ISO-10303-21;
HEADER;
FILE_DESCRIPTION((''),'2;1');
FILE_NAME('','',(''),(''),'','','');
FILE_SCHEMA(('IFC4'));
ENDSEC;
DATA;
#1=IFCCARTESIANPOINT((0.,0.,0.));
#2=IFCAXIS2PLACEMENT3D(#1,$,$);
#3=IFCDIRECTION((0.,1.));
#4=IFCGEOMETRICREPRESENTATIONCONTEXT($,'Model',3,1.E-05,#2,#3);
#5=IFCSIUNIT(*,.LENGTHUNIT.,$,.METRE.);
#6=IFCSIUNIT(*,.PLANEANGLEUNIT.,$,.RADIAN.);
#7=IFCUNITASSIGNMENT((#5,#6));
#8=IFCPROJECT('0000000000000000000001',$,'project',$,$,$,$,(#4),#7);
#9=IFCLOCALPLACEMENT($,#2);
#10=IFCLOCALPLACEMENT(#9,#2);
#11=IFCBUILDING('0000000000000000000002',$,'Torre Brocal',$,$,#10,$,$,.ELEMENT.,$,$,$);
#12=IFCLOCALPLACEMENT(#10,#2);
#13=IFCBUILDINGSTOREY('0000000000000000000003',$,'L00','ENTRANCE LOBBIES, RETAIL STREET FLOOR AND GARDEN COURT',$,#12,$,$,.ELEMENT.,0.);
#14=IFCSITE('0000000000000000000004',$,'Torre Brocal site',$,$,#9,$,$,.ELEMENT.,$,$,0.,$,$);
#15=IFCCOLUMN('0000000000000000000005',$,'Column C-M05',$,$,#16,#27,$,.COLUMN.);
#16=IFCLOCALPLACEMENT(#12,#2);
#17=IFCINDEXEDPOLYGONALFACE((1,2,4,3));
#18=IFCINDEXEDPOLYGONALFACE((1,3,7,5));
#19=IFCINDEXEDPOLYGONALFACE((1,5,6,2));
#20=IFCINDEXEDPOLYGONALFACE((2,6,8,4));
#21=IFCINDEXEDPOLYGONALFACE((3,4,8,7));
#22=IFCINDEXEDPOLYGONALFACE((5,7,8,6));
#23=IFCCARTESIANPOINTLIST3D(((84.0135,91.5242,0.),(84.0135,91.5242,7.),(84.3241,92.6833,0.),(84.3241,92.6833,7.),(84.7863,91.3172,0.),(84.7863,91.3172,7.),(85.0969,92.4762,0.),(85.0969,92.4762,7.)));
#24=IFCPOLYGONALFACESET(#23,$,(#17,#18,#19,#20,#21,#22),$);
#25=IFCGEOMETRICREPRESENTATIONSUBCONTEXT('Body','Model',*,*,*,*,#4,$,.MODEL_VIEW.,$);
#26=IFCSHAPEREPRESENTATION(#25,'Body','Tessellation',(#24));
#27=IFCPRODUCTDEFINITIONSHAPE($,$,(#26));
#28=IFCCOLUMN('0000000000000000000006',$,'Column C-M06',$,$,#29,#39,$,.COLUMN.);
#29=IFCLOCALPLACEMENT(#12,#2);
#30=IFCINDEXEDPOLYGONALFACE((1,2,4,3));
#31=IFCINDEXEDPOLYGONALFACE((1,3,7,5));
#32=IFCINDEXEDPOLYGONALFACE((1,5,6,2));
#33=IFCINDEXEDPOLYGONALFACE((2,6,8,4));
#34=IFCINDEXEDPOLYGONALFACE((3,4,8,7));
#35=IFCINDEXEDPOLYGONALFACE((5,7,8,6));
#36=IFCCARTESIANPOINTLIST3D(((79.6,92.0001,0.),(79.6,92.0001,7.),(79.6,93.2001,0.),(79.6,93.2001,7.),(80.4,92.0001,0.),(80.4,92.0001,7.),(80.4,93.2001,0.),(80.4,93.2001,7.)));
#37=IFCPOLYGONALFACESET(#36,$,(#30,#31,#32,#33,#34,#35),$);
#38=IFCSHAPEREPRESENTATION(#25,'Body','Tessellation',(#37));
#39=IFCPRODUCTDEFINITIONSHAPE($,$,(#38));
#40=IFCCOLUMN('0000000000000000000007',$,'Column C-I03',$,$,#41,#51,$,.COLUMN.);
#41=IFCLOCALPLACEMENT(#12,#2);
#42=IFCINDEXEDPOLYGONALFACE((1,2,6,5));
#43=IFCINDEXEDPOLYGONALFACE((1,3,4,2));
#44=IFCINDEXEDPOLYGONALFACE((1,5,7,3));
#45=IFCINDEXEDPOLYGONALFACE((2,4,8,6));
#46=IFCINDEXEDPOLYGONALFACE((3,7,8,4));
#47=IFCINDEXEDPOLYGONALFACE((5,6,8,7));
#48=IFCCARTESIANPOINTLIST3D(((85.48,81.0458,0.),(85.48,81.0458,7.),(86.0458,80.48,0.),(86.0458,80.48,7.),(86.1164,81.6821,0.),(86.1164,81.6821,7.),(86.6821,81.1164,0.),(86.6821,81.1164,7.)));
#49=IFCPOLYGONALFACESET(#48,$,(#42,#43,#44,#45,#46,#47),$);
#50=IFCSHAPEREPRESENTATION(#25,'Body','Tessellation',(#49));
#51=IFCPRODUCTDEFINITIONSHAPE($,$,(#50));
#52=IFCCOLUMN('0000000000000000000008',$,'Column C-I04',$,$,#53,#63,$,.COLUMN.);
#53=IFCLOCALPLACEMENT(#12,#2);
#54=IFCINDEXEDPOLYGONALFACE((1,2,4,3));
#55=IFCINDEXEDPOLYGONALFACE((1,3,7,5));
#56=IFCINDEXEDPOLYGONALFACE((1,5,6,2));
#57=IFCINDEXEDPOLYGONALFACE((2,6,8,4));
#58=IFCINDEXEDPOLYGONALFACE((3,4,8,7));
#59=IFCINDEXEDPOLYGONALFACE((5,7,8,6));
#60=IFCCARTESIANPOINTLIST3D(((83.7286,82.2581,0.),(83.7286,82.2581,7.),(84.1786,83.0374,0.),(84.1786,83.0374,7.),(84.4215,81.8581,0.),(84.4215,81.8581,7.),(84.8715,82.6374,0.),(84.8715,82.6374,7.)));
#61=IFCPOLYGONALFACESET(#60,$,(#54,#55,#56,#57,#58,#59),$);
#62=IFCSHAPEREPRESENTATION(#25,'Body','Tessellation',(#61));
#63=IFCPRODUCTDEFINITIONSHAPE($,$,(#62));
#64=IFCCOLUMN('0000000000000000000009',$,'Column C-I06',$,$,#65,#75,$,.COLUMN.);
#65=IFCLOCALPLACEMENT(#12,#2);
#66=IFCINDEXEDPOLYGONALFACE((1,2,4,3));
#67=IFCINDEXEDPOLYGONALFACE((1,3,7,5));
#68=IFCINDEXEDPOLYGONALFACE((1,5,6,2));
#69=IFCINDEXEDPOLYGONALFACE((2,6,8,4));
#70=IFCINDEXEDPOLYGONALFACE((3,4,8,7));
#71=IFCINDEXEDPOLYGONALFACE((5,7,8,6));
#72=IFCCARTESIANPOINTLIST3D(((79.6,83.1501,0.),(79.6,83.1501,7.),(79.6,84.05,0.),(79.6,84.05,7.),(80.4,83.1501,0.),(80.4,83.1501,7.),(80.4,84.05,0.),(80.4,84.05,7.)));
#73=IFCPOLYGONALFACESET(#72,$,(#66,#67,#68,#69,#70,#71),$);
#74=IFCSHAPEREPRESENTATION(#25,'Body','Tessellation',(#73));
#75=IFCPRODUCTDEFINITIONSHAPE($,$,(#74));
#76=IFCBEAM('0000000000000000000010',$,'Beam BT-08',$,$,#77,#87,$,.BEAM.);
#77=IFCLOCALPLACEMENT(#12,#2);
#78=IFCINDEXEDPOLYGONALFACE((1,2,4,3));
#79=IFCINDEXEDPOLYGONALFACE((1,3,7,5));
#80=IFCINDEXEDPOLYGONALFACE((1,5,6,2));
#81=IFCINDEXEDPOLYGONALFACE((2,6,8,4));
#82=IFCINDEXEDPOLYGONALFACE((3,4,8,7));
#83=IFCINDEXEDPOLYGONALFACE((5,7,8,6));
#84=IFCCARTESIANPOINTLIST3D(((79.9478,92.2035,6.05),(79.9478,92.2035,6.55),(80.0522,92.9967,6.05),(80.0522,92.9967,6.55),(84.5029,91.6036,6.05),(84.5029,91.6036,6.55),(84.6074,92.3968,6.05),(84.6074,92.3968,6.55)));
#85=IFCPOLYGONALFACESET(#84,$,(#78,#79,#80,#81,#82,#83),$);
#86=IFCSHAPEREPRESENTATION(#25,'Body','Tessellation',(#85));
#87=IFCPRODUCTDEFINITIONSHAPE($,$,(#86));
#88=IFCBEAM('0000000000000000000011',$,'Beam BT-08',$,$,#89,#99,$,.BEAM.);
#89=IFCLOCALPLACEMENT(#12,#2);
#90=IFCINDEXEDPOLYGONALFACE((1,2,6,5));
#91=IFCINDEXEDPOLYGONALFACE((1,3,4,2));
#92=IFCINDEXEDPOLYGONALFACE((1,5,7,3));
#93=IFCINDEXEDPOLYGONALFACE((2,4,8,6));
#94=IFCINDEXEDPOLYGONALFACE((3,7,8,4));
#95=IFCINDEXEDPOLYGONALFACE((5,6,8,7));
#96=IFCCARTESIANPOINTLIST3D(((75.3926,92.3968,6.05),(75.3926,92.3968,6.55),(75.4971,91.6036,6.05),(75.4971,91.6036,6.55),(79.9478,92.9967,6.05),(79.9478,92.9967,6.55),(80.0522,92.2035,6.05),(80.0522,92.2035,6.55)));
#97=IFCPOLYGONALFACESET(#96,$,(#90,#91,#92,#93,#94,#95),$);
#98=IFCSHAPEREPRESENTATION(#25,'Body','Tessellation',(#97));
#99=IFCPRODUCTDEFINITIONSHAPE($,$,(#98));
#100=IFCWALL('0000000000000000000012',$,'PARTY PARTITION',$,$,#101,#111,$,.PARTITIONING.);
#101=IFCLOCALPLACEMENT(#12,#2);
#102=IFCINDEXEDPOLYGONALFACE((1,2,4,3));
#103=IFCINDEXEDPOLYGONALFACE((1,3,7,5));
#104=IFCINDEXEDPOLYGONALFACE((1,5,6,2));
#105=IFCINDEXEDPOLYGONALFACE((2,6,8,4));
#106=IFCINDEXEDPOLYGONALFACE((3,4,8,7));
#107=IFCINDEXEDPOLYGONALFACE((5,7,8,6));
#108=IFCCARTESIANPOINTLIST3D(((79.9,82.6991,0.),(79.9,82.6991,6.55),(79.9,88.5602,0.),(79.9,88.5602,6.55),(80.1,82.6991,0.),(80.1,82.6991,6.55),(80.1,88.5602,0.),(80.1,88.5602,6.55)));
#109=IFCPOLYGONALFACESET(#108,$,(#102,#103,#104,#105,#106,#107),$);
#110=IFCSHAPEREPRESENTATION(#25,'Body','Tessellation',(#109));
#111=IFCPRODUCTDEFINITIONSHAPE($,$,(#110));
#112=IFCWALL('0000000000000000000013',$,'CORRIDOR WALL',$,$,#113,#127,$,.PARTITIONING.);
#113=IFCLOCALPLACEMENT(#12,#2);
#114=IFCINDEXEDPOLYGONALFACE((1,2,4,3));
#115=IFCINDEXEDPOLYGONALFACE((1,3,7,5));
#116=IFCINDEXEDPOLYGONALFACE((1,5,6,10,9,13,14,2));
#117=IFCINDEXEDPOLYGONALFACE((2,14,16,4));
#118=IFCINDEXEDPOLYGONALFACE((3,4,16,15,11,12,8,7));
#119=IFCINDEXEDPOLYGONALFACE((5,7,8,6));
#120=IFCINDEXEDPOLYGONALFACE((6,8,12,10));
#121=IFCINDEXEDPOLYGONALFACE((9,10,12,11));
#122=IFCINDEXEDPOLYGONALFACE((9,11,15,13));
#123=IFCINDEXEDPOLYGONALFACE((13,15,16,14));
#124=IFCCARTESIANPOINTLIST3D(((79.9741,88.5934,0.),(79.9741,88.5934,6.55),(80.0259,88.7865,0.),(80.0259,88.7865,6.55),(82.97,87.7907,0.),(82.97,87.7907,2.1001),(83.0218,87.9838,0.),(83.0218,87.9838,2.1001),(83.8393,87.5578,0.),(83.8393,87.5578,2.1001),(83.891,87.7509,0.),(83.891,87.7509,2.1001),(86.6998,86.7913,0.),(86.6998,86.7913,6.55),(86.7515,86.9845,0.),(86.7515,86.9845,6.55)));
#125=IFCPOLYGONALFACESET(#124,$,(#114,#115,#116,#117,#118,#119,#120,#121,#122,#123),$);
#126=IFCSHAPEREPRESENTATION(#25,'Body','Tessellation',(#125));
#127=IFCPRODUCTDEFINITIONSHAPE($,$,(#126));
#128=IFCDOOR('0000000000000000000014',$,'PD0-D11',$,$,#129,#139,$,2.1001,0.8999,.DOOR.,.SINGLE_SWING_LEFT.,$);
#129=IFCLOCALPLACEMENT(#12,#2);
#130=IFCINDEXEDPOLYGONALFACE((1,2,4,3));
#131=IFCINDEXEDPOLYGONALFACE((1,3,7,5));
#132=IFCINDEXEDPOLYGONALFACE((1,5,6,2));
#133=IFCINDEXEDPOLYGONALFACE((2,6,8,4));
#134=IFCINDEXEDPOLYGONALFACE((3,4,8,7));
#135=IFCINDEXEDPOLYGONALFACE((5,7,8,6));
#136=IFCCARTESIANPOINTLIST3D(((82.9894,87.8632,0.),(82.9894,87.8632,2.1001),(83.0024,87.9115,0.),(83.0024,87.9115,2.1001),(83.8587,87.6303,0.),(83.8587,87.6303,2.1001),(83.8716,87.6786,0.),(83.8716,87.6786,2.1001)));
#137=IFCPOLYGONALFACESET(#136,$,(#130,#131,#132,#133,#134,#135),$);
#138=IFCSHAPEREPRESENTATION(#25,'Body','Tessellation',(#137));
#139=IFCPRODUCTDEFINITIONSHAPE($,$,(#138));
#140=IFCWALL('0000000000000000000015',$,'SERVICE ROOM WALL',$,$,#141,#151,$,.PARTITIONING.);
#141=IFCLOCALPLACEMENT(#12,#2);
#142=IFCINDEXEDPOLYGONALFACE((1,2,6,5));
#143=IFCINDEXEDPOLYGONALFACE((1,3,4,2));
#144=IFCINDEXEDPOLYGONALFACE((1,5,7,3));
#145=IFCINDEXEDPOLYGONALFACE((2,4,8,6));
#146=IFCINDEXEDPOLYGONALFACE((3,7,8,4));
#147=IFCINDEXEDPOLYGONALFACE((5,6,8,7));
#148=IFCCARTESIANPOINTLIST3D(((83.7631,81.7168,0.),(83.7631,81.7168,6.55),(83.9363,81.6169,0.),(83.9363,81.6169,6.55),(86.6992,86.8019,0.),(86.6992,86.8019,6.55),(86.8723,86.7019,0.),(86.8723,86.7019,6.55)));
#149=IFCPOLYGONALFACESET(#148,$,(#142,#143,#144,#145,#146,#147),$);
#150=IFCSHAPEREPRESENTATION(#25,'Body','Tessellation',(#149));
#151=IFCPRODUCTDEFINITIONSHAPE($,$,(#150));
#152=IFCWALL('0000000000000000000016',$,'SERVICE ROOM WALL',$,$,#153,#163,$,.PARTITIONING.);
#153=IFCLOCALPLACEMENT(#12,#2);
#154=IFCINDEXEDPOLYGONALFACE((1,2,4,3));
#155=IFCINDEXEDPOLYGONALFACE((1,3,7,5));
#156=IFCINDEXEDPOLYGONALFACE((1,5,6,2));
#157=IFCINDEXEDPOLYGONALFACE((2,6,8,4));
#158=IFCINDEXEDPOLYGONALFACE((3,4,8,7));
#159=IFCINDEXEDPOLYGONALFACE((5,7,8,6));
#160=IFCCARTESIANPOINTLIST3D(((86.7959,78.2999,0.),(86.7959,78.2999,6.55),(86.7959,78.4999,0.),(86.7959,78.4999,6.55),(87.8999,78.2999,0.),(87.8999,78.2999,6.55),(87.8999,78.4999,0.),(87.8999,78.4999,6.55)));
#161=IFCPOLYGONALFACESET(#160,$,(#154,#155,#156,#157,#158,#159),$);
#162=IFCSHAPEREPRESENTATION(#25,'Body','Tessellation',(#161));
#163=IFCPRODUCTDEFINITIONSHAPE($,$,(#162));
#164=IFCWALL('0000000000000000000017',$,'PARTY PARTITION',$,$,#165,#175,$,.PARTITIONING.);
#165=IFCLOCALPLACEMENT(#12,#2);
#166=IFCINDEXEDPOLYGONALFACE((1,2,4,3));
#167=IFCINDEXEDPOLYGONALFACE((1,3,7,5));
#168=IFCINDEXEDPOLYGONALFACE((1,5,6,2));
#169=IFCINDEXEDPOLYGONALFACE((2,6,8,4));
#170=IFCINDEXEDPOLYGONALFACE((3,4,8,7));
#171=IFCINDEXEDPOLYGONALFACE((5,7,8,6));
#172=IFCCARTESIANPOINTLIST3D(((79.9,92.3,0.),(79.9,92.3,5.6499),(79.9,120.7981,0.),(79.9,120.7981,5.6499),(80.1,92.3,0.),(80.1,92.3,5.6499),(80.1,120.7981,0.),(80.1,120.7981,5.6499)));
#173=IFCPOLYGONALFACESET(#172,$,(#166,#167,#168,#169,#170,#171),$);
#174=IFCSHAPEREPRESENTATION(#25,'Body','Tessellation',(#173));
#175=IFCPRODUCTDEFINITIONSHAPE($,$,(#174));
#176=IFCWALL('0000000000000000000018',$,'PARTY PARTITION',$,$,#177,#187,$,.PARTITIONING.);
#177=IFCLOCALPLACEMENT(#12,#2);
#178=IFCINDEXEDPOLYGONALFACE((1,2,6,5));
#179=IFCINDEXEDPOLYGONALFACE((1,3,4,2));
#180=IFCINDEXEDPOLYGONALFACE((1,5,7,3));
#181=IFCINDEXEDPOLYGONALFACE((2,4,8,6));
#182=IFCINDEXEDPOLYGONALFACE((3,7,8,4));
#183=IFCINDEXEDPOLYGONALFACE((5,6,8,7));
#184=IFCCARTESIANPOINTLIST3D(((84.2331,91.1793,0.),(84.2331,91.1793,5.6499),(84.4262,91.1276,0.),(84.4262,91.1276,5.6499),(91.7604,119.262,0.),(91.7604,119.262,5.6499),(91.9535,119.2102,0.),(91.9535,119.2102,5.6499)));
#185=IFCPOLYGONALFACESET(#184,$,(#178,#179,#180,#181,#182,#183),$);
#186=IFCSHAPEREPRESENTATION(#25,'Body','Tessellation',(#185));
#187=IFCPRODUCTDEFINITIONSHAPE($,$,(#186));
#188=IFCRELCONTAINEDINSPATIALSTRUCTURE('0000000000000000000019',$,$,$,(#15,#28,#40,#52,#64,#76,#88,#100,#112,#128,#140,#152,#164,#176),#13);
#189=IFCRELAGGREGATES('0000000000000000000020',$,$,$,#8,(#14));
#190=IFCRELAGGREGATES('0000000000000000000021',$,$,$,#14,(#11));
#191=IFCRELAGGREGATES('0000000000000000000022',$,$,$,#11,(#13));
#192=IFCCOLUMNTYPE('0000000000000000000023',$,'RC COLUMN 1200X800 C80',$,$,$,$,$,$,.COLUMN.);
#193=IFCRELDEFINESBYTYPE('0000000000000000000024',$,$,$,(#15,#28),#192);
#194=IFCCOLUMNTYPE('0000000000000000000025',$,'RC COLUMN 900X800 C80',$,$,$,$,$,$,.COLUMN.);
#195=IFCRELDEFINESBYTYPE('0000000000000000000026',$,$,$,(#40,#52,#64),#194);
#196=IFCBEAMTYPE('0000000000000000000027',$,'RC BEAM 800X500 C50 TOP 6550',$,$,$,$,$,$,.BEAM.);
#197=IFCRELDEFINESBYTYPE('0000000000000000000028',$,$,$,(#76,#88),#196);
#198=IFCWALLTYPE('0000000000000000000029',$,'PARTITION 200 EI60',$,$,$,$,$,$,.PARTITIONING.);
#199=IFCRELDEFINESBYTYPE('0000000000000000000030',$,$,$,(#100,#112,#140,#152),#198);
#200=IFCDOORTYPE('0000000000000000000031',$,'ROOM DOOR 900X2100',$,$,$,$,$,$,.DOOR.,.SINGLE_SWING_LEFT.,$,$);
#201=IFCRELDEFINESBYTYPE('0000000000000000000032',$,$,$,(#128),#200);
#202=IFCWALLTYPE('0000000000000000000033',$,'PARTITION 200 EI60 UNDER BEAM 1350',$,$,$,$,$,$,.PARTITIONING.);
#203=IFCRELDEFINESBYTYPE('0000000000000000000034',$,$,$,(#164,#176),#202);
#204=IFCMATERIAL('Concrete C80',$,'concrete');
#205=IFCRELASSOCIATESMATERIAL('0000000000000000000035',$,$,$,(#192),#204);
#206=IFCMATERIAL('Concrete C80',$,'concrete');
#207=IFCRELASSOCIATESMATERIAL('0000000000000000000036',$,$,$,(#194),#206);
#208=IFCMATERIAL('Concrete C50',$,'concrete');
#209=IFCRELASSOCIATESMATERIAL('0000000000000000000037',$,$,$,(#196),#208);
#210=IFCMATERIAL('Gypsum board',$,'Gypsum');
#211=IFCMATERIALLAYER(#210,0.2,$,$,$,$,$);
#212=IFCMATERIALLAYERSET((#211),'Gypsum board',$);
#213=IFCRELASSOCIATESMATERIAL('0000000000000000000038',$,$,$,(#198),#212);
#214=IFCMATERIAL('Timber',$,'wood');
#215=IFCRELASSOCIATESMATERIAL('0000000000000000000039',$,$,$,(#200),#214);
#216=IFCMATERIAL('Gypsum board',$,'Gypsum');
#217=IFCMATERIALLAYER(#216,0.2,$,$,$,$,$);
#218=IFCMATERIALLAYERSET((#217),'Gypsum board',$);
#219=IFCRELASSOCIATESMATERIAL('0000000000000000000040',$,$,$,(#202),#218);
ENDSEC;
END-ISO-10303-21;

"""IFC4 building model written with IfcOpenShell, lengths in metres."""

from ifc_helpers import new_model, si_unit, direction, frame, frame_2d, origin, origin_2d, place, context, subcontext, project, spatial, rectangle, extrude, material, layer, layer_set, material_profile, profile_set, type_object, element, fill, save


model = new_model("IFC4")

# Units and contexts
model_context = context("Model", 3, precision=1e-05, world=origin(), true_north=direction((0.0, 1.0)))
body_context = subcontext(model_context, "Body", "Model", "MODEL_VIEW")
ifc_project = project(units=[si_unit("LENGTHUNIT", "METRE"), si_unit("PLANEANGLEUNIT", "RADIAN")], contexts=[model_context])

# Site, building, storey
site_placement = place(None, origin())
site = spatial("IfcSite", under=ifc_project, at=site_placement, Name="Torre Brocal site", CompositionType="ELEMENT", RefElevation=0.0)
building_placement = place(site_placement, origin())
building = spatial("IfcBuilding", under=site, at=building_placement, Name="Torre Brocal", CompositionType="ELEMENT")
storey_placement = place(building_placement, origin())
storey = spatial("IfcBuildingStorey", under=building, at=storey_placement, Name="L00", Description="ENTRANCE LOBBIES, RETAIL STREET FLOOR AND GARDEN COURT", CompositionType="ELEMENT", Elevation=0.0)

# Columns
ifc_material_1 = material(Name="Concrete C80", Category="concrete")
ifc_material_profile_1 = material_profile(ifc_material_1, rectangle(XDim=1.2, YDim=0.8, at=origin_2d()), Name="RC 1200X800")
ifc_profile_set_1 = profile_set([ifc_material_profile_1], Name="Concrete C80")
column_type_1 = type_object("IfcColumnType", Name="RC COLUMN 1200X800 C80", PredefinedType="COLUMN", material=ifc_profile_set_1)
for number, where, z_axis, x_axis, name in (
    (1, (84.5552, 92.0002, 0.0), (0.0, 0.0, 1.0), (0.258819, 0.965926, 0.0), "Column C-M05"),
    (2, (80.0, 92.6001, 0.0), (0.0, 0.0, 1.0), (0.0, 1.0, 0.0), "Column C-M06"),
):
    element("IfcColumn", number, at=place(storey_placement, frame(where, z_axis=z_axis, x_axis=x_axis)), inside=storey, type_object=column_type_1, Name=name, PredefinedType="COLUMN", context=body_context, shape_type="SweptSolid", body=[
        extrude(rectangle(XDim=1.2, YDim=0.8, at=origin_2d()), origin(), (0.0, 0.0, 1.0), 7.0),
    ])
ifc_material_2 = material(Name="Concrete C80", Category="concrete")
ifc_material_profile_2 = material_profile(ifc_material_2, rectangle(XDim=0.8999, YDim=0.8, at=origin_2d()), Name="RC 900X800")
ifc_profile_set_2 = profile_set([ifc_material_profile_2], Name="Concrete C80")
column_type_2 = type_object("IfcColumnType", Name="RC COLUMN 900X800 C80", PredefinedType="COLUMN", material=ifc_profile_set_2)
for number, where, z_axis, x_axis, name in (
    (3, (86.0811, 81.0811, 0.0), (0.0, 0.0, 1.0), (0.707107, 0.707107, 0.0), "Column C-I03"),
    (4, (84.3, 82.4478, 0.0), (0.0, 0.0, 1.0), (0.5, 0.866025, 0.0), "Column C-I04"),
    (5, (80.0, 83.6001, 0.0), (0.0, 0.0, 1.0), (0.0, 1.0, 0.0), "Column C-I06"),
):
    element("IfcColumn", number, at=place(storey_placement, frame(where, z_axis=z_axis, x_axis=x_axis)), inside=storey, type_object=column_type_2, Name=name, PredefinedType="COLUMN", context=body_context, shape_type="SweptSolid", body=[
        extrude(rectangle(XDim=0.8999, YDim=0.8, at=origin_2d()), origin(), (0.0, 0.0, 1.0), 7.0),
    ])

# Beams
ifc_material_3 = material(Name="Concrete C50", Category="concrete")
ifc_material_profile_3 = material_profile(ifc_material_3, rectangle(XDim=0.8, YDim=0.5, at=origin_2d()), Name="RC 800X500")
ifc_profile_set_3 = profile_set([ifc_material_profile_3], Name="Concrete C50")
beam_type = type_object("IfcBeamType", Name="RC BEAM 800X500 C50 TOP 6550", PredefinedType="BEAM", material=ifc_profile_set_3)
for number, where, z_axis, x_axis, name in (
    (6, (84.5552, 92.0002, 6.3), (-0.991441, 0.130559, 0.0), (-0.130559, -0.991441, 0.0), "Beam BT-08"),
    (7, (80.0, 92.6001, 6.3), (-0.991441, -0.130559, 0.0), (0.130559, -0.991441, 0.0), "Beam BT-08"),
):
    element("IfcBeam", number, at=place(storey_placement, frame(where, z_axis=z_axis, x_axis=x_axis)), inside=storey, type_object=beam_type, Name=name, PredefinedType="BEAM", context=body_context, shape_type="SweptSolid", body=[
        extrude(rectangle(XDim=0.8, YDim=0.5, at=origin_2d()), origin(), (0.0, 0.0, 1.0), 4.5945),
    ])

# Wall
ifc_material_4 = material(Name="Gypsum board", Category="Gypsum")
ifc_layer_1 = layer(ifc_material_4, 0.2)
ifc_layer_set_1 = layer_set([ifc_layer_1], Name="Gypsum board")
wall_type_1 = type_object("IfcWallType", Name="PARTITION 200 EI60", PredefinedType="PARTITIONING", material=ifc_layer_set_1)
wall_1_placement = place(storey_placement, frame((80.0, 82.699, 0.0), z_axis=(0.0, 0.0, 1.0), x_axis=(0.0, 1.0, 0.0)))
element("IfcWall", 8, at=wall_1_placement, inside=storey, type_object=wall_type_1, Name="PARTY PARTITION", PredefinedType="PARTITIONING", context=body_context, shape_type="SweptSolid", body=[
    extrude(rectangle(XDim=5.8611, YDim=0.2, at=frame_2d((2.9307, 0.0))), origin(), (0.0, 0.0, 1.0), 6.55),
])

# Wall, opening, door
wall_2_placement = place(storey_placement, frame((80.0, 88.6899, 0.0), z_axis=(0.0, 0.0, 1.0), x_axis=(0.96593, -0.258804, 0.0)))
wall_2 = element("IfcWall", 9, at=wall_2_placement, inside=storey, type_object=wall_type_1, Name="CORRIDOR WALL", PredefinedType="PARTITIONING", context=body_context, shape_type="SweptSolid", body=[
    extrude(rectangle(XDim=6.9629, YDim=0.2, at=frame_2d((3.4814, 0.0))), origin(), (0.0, 0.0, 1.0), 6.55),
])
opening_1_placement = place(wall_2_placement, frame((3.1016, 0.0, 0.0)))
opening_1 = element("IfcOpeningElement", 10, at=opening_1_placement, cuts=wall_2, PredefinedType="OPENING", context=body_context, shape_type="SweptSolid", body=[
    extrude(rectangle(XDim=0.8999, YDim=2.1001, at=frame_2d((0.45, 1.05))), frame((0.0, 0.1099, 0.0), z_axis=(0.0, -1.0, 0.0), x_axis=(1.0, 0.0, 0.0)), (0.0, 0.0, 1.0), 0.22),
])
ifc_material_5 = material(Name="Timber", Category="wood")
door_type_1 = type_object("IfcDoorType", Name="ROOM DOOR 900X2100", OperationType="SINGLE_SWING_LEFT", PredefinedType="DOOR", material=ifc_material_5)
door_1_placement = place(opening_1_placement, frame((0.8999, 0.0, 0.0), z_axis=(0.0, 0.0, 1.0), x_axis=(-1.0, 0.0, 0.0)))
door_1 = element("IfcDoor", 11, at=door_1_placement, inside=storey, type_object=door_type_1, Name="PD0-D11", OperationType="SINGLE_SWING_LEFT", OverallHeight=2.1001, OverallWidth=0.8999, PredefinedType="DOOR", context=body_context, shape_type="SweptSolid", body=[
    extrude(rectangle(XDim=0.8999, YDim=2.1001, at=frame_2d((0.45, 1.05))), frame((0.0, 0.0249, 0.0), z_axis=(0.0, -1.0, 0.0), x_axis=(1.0, 0.0, 0.0)), (0.0, 0.0, 1.0), 0.05),
])
fill(opening_1, door_1)

# Walls
wall_3_placement = place(storey_placement, frame((83.8496, 81.6667, 0.0), z_axis=(0.0, 0.0, 1.0), x_axis=(0.50003, 0.866008, 0.0)))
element("IfcWall", 12, at=wall_3_placement, inside=storey, type_object=wall_type_1, Name="SERVICE ROOM WALL", PredefinedType="PARTITIONING", context=body_context, shape_type="SweptSolid", body=[
    extrude(rectangle(XDim=5.8718, YDim=0.2, at=frame_2d((2.936, 0.0))), origin(), (0.0, 0.0, 1.0), 6.55),
])
wall_4_placement = place(storey_placement, frame((86.7959, 78.3999, 0.0), z_axis=(0.0, 0.0, 1.0), x_axis=(1.0, 0.0, 0.0)))
element("IfcWall", 13, at=wall_4_placement, inside=storey, type_object=wall_type_1, Name="SERVICE ROOM WALL", PredefinedType="PARTITIONING", context=body_context, shape_type="SweptSolid", body=[
    extrude(rectangle(XDim=1.104, YDim=0.2, at=frame_2d((0.552, 0.0))), origin(), (0.0, 0.0, 1.0), 6.55),
])
ifc_material_6 = material(Name="Gypsum board", Category="Gypsum")
ifc_layer_2 = layer(ifc_material_6, 0.2)
ifc_layer_set_2 = layer_set([ifc_layer_2], Name="Gypsum board")
wall_type_2 = type_object("IfcWallType", Name="PARTITION 200 EI60 UNDER BEAM 1350", PredefinedType="PARTITIONING", material=ifc_layer_set_2)
wall_5_placement = place(storey_placement, frame((80.0, 92.3, 0.0), z_axis=(0.0, 0.0, 1.0), x_axis=(0.0, 1.0, 0.0)))
element("IfcWall", 14, at=wall_5_placement, inside=storey, type_object=wall_type_2, Name="PARTY PARTITION", PredefinedType="PARTITIONING", context=body_context, shape_type="SweptSolid", body=[
    extrude(rectangle(XDim=28.498, YDim=0.2, at=frame_2d((14.249, 0.0))), origin(), (0.0, 0.0, 1.0), 5.6499),
])
wall_6_placement = place(storey_placement, frame((84.3296, 91.1533, 0.0), z_axis=(0.0, 0.0, 1.0), x_axis=(0.258902, 0.965904, 0.0)))
element("IfcWall", 15, at=wall_6_placement, inside=storey, type_object=wall_type_2, Name="PARTY PARTITION", PredefinedType="PARTITIONING", context=body_context, shape_type="SweptSolid", body=[
    extrude(rectangle(XDim=29.074, YDim=0.2, at=frame_2d((14.5371, 0.0))), origin(), (0.0, 0.0, 1.0), 5.6499),
])

save(model, "model.ifc")
